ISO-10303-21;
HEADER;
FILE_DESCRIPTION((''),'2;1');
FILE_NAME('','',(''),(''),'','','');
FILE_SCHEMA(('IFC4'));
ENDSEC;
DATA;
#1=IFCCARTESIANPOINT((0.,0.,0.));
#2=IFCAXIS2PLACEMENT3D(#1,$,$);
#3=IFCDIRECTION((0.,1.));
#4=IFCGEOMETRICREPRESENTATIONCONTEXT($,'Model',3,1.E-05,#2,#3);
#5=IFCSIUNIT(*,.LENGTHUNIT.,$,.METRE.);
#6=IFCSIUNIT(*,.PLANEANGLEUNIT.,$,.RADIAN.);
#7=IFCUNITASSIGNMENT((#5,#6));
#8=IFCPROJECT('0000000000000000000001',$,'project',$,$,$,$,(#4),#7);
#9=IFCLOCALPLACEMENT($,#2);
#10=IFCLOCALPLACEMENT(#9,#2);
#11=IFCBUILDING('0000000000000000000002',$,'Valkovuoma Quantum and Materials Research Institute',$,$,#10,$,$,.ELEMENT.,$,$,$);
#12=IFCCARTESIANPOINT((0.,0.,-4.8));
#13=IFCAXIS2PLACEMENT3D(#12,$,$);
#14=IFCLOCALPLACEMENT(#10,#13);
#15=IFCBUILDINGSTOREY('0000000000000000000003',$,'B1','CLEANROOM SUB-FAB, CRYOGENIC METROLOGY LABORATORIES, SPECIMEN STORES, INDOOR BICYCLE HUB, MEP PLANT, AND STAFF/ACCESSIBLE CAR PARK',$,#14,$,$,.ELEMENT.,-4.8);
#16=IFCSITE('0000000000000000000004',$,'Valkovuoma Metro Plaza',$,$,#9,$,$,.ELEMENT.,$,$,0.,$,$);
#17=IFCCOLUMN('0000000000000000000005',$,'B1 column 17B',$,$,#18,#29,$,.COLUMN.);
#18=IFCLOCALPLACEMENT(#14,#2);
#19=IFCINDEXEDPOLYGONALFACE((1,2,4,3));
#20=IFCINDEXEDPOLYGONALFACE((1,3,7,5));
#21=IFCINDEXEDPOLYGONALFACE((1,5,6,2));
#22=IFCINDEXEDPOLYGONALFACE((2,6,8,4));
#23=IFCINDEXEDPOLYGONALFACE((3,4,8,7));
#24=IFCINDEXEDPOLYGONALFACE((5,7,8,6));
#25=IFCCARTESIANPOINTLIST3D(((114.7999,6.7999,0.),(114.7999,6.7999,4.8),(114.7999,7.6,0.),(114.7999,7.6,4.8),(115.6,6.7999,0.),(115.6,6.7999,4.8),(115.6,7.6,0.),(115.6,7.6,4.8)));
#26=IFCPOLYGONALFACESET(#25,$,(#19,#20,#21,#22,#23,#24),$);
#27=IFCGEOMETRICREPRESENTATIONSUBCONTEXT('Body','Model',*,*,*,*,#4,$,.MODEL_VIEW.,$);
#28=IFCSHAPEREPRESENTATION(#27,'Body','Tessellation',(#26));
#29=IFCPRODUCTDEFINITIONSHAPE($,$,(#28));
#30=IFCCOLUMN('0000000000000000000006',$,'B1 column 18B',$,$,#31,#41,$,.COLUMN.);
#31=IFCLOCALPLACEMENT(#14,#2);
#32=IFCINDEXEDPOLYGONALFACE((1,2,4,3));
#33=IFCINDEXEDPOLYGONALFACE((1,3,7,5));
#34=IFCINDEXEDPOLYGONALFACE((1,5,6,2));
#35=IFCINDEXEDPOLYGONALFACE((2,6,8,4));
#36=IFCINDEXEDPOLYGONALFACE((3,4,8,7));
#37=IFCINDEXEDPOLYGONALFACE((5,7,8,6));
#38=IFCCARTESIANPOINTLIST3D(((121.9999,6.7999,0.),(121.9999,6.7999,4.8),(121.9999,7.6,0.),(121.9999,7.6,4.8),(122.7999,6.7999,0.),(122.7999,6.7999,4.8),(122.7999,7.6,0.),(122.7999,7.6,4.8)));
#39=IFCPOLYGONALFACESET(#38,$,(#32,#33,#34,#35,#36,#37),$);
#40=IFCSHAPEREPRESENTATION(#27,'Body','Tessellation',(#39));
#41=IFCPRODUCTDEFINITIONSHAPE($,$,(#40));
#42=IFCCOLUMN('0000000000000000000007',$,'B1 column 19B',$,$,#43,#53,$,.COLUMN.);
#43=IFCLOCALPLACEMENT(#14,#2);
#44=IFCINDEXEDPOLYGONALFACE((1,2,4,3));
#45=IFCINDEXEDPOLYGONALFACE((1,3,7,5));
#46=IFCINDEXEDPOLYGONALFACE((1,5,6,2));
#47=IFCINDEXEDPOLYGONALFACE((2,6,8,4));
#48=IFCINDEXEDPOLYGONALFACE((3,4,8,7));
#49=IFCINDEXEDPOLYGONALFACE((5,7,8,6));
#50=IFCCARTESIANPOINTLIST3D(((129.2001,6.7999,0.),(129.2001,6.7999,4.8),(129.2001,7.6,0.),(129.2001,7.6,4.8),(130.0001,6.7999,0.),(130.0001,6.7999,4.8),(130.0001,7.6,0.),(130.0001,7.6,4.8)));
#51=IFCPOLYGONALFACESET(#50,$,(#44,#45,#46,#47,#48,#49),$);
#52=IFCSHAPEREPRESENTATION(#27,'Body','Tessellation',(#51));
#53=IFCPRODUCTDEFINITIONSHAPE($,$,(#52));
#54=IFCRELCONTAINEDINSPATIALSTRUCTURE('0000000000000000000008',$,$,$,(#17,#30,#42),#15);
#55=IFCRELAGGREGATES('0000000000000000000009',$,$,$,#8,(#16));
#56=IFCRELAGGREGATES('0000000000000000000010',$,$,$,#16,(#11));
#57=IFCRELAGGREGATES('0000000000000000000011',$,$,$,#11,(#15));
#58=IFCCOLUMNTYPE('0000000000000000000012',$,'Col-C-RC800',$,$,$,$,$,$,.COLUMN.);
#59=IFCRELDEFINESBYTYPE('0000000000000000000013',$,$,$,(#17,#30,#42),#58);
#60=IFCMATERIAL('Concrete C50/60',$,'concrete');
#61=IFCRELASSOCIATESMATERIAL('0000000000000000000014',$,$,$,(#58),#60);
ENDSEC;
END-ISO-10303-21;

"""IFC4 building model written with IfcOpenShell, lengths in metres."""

from ifc_helpers import new_model, si_unit, direction, frame, origin, origin_2d, place, context, subcontext, project, spatial, rectangle, extrude, material, material_profile, profile_set, type_object, element, save


model = new_model("IFC4")

# Units and contexts
model_context = context("Model", 3, precision=1e-05, world=origin(), true_north=direction((0.0, 1.0)))
body_context = subcontext(model_context, "Body", "Model", "MODEL_VIEW")
ifc_project = project(units=[si_unit("LENGTHUNIT", "METRE"), si_unit("PLANEANGLEUNIT", "RADIAN")], contexts=[model_context])

# Site, building, storey
site_placement = place(None, origin())
site = spatial("IfcSite", under=ifc_project, at=site_placement, Name="Valkovuoma Metro Plaza", CompositionType="ELEMENT", RefElevation=0.0)
building_placement = place(site_placement, origin())
building = spatial("IfcBuilding", under=site, at=building_placement, Name="Valkovuoma Quantum and Materials Research Institute", CompositionType="ELEMENT")
storey_placement = place(building_placement, frame((0.0, 0.0, -4.8)))
storey = spatial("IfcBuildingStorey", under=building, at=storey_placement, Name="B1", Description="CLEANROOM SUB-FAB, CRYOGENIC METROLOGY LABORATORIES, SPECIMEN STORES, INDOOR BICYCLE HUB, MEP PLANT, AND STAFF/ACCESSIBLE CAR PARK", CompositionType="ELEMENT", Elevation=-4.8)

# Columns
ifc_material_1 = material(Name="Concrete C50/60", Category="concrete")
ifc_material_profile_1 = material_profile(ifc_material_1, rectangle(XDim=0.8, YDim=0.8, at=origin_2d()), Name="Concrete C50/60")
ifc_profile_set_1 = profile_set([ifc_material_profile_1], Name="Concrete C50/60")
column_type = type_object("IfcColumnType", Name="Col-C-RC800", PredefinedType="COLUMN", material=ifc_profile_set_1)
for number, where, z_axis, x_axis, name in (
    (1, (115.2, 7.2, 0.0), (0.0, 0.0, 1.0), (1.0, 0.0, 0.0), "B1 column 17B"),
    (2, (122.3999, 7.2, 0.0), (0.0, 0.0, 1.0), (1.0, 0.0, 0.0), "B1 column 18B"),
    (3, (129.6001, 7.2, 0.0), (0.0, 0.0, 1.0), (1.0, 0.0, 0.0), "B1 column 19B"),
):
    element("IfcColumn", number, at=place(storey_placement, frame(where, z_axis=z_axis, x_axis=x_axis)), inside=storey, type_object=column_type, Name=name, PredefinedType="COLUMN", context=body_context, shape_type="SweptSolid", body=[
        extrude(rectangle(XDim=0.8, YDim=0.8, at=origin_2d()), origin(), (0.0, 0.0, 1.0), 4.8),
    ])

save(model, "model.ifc")
